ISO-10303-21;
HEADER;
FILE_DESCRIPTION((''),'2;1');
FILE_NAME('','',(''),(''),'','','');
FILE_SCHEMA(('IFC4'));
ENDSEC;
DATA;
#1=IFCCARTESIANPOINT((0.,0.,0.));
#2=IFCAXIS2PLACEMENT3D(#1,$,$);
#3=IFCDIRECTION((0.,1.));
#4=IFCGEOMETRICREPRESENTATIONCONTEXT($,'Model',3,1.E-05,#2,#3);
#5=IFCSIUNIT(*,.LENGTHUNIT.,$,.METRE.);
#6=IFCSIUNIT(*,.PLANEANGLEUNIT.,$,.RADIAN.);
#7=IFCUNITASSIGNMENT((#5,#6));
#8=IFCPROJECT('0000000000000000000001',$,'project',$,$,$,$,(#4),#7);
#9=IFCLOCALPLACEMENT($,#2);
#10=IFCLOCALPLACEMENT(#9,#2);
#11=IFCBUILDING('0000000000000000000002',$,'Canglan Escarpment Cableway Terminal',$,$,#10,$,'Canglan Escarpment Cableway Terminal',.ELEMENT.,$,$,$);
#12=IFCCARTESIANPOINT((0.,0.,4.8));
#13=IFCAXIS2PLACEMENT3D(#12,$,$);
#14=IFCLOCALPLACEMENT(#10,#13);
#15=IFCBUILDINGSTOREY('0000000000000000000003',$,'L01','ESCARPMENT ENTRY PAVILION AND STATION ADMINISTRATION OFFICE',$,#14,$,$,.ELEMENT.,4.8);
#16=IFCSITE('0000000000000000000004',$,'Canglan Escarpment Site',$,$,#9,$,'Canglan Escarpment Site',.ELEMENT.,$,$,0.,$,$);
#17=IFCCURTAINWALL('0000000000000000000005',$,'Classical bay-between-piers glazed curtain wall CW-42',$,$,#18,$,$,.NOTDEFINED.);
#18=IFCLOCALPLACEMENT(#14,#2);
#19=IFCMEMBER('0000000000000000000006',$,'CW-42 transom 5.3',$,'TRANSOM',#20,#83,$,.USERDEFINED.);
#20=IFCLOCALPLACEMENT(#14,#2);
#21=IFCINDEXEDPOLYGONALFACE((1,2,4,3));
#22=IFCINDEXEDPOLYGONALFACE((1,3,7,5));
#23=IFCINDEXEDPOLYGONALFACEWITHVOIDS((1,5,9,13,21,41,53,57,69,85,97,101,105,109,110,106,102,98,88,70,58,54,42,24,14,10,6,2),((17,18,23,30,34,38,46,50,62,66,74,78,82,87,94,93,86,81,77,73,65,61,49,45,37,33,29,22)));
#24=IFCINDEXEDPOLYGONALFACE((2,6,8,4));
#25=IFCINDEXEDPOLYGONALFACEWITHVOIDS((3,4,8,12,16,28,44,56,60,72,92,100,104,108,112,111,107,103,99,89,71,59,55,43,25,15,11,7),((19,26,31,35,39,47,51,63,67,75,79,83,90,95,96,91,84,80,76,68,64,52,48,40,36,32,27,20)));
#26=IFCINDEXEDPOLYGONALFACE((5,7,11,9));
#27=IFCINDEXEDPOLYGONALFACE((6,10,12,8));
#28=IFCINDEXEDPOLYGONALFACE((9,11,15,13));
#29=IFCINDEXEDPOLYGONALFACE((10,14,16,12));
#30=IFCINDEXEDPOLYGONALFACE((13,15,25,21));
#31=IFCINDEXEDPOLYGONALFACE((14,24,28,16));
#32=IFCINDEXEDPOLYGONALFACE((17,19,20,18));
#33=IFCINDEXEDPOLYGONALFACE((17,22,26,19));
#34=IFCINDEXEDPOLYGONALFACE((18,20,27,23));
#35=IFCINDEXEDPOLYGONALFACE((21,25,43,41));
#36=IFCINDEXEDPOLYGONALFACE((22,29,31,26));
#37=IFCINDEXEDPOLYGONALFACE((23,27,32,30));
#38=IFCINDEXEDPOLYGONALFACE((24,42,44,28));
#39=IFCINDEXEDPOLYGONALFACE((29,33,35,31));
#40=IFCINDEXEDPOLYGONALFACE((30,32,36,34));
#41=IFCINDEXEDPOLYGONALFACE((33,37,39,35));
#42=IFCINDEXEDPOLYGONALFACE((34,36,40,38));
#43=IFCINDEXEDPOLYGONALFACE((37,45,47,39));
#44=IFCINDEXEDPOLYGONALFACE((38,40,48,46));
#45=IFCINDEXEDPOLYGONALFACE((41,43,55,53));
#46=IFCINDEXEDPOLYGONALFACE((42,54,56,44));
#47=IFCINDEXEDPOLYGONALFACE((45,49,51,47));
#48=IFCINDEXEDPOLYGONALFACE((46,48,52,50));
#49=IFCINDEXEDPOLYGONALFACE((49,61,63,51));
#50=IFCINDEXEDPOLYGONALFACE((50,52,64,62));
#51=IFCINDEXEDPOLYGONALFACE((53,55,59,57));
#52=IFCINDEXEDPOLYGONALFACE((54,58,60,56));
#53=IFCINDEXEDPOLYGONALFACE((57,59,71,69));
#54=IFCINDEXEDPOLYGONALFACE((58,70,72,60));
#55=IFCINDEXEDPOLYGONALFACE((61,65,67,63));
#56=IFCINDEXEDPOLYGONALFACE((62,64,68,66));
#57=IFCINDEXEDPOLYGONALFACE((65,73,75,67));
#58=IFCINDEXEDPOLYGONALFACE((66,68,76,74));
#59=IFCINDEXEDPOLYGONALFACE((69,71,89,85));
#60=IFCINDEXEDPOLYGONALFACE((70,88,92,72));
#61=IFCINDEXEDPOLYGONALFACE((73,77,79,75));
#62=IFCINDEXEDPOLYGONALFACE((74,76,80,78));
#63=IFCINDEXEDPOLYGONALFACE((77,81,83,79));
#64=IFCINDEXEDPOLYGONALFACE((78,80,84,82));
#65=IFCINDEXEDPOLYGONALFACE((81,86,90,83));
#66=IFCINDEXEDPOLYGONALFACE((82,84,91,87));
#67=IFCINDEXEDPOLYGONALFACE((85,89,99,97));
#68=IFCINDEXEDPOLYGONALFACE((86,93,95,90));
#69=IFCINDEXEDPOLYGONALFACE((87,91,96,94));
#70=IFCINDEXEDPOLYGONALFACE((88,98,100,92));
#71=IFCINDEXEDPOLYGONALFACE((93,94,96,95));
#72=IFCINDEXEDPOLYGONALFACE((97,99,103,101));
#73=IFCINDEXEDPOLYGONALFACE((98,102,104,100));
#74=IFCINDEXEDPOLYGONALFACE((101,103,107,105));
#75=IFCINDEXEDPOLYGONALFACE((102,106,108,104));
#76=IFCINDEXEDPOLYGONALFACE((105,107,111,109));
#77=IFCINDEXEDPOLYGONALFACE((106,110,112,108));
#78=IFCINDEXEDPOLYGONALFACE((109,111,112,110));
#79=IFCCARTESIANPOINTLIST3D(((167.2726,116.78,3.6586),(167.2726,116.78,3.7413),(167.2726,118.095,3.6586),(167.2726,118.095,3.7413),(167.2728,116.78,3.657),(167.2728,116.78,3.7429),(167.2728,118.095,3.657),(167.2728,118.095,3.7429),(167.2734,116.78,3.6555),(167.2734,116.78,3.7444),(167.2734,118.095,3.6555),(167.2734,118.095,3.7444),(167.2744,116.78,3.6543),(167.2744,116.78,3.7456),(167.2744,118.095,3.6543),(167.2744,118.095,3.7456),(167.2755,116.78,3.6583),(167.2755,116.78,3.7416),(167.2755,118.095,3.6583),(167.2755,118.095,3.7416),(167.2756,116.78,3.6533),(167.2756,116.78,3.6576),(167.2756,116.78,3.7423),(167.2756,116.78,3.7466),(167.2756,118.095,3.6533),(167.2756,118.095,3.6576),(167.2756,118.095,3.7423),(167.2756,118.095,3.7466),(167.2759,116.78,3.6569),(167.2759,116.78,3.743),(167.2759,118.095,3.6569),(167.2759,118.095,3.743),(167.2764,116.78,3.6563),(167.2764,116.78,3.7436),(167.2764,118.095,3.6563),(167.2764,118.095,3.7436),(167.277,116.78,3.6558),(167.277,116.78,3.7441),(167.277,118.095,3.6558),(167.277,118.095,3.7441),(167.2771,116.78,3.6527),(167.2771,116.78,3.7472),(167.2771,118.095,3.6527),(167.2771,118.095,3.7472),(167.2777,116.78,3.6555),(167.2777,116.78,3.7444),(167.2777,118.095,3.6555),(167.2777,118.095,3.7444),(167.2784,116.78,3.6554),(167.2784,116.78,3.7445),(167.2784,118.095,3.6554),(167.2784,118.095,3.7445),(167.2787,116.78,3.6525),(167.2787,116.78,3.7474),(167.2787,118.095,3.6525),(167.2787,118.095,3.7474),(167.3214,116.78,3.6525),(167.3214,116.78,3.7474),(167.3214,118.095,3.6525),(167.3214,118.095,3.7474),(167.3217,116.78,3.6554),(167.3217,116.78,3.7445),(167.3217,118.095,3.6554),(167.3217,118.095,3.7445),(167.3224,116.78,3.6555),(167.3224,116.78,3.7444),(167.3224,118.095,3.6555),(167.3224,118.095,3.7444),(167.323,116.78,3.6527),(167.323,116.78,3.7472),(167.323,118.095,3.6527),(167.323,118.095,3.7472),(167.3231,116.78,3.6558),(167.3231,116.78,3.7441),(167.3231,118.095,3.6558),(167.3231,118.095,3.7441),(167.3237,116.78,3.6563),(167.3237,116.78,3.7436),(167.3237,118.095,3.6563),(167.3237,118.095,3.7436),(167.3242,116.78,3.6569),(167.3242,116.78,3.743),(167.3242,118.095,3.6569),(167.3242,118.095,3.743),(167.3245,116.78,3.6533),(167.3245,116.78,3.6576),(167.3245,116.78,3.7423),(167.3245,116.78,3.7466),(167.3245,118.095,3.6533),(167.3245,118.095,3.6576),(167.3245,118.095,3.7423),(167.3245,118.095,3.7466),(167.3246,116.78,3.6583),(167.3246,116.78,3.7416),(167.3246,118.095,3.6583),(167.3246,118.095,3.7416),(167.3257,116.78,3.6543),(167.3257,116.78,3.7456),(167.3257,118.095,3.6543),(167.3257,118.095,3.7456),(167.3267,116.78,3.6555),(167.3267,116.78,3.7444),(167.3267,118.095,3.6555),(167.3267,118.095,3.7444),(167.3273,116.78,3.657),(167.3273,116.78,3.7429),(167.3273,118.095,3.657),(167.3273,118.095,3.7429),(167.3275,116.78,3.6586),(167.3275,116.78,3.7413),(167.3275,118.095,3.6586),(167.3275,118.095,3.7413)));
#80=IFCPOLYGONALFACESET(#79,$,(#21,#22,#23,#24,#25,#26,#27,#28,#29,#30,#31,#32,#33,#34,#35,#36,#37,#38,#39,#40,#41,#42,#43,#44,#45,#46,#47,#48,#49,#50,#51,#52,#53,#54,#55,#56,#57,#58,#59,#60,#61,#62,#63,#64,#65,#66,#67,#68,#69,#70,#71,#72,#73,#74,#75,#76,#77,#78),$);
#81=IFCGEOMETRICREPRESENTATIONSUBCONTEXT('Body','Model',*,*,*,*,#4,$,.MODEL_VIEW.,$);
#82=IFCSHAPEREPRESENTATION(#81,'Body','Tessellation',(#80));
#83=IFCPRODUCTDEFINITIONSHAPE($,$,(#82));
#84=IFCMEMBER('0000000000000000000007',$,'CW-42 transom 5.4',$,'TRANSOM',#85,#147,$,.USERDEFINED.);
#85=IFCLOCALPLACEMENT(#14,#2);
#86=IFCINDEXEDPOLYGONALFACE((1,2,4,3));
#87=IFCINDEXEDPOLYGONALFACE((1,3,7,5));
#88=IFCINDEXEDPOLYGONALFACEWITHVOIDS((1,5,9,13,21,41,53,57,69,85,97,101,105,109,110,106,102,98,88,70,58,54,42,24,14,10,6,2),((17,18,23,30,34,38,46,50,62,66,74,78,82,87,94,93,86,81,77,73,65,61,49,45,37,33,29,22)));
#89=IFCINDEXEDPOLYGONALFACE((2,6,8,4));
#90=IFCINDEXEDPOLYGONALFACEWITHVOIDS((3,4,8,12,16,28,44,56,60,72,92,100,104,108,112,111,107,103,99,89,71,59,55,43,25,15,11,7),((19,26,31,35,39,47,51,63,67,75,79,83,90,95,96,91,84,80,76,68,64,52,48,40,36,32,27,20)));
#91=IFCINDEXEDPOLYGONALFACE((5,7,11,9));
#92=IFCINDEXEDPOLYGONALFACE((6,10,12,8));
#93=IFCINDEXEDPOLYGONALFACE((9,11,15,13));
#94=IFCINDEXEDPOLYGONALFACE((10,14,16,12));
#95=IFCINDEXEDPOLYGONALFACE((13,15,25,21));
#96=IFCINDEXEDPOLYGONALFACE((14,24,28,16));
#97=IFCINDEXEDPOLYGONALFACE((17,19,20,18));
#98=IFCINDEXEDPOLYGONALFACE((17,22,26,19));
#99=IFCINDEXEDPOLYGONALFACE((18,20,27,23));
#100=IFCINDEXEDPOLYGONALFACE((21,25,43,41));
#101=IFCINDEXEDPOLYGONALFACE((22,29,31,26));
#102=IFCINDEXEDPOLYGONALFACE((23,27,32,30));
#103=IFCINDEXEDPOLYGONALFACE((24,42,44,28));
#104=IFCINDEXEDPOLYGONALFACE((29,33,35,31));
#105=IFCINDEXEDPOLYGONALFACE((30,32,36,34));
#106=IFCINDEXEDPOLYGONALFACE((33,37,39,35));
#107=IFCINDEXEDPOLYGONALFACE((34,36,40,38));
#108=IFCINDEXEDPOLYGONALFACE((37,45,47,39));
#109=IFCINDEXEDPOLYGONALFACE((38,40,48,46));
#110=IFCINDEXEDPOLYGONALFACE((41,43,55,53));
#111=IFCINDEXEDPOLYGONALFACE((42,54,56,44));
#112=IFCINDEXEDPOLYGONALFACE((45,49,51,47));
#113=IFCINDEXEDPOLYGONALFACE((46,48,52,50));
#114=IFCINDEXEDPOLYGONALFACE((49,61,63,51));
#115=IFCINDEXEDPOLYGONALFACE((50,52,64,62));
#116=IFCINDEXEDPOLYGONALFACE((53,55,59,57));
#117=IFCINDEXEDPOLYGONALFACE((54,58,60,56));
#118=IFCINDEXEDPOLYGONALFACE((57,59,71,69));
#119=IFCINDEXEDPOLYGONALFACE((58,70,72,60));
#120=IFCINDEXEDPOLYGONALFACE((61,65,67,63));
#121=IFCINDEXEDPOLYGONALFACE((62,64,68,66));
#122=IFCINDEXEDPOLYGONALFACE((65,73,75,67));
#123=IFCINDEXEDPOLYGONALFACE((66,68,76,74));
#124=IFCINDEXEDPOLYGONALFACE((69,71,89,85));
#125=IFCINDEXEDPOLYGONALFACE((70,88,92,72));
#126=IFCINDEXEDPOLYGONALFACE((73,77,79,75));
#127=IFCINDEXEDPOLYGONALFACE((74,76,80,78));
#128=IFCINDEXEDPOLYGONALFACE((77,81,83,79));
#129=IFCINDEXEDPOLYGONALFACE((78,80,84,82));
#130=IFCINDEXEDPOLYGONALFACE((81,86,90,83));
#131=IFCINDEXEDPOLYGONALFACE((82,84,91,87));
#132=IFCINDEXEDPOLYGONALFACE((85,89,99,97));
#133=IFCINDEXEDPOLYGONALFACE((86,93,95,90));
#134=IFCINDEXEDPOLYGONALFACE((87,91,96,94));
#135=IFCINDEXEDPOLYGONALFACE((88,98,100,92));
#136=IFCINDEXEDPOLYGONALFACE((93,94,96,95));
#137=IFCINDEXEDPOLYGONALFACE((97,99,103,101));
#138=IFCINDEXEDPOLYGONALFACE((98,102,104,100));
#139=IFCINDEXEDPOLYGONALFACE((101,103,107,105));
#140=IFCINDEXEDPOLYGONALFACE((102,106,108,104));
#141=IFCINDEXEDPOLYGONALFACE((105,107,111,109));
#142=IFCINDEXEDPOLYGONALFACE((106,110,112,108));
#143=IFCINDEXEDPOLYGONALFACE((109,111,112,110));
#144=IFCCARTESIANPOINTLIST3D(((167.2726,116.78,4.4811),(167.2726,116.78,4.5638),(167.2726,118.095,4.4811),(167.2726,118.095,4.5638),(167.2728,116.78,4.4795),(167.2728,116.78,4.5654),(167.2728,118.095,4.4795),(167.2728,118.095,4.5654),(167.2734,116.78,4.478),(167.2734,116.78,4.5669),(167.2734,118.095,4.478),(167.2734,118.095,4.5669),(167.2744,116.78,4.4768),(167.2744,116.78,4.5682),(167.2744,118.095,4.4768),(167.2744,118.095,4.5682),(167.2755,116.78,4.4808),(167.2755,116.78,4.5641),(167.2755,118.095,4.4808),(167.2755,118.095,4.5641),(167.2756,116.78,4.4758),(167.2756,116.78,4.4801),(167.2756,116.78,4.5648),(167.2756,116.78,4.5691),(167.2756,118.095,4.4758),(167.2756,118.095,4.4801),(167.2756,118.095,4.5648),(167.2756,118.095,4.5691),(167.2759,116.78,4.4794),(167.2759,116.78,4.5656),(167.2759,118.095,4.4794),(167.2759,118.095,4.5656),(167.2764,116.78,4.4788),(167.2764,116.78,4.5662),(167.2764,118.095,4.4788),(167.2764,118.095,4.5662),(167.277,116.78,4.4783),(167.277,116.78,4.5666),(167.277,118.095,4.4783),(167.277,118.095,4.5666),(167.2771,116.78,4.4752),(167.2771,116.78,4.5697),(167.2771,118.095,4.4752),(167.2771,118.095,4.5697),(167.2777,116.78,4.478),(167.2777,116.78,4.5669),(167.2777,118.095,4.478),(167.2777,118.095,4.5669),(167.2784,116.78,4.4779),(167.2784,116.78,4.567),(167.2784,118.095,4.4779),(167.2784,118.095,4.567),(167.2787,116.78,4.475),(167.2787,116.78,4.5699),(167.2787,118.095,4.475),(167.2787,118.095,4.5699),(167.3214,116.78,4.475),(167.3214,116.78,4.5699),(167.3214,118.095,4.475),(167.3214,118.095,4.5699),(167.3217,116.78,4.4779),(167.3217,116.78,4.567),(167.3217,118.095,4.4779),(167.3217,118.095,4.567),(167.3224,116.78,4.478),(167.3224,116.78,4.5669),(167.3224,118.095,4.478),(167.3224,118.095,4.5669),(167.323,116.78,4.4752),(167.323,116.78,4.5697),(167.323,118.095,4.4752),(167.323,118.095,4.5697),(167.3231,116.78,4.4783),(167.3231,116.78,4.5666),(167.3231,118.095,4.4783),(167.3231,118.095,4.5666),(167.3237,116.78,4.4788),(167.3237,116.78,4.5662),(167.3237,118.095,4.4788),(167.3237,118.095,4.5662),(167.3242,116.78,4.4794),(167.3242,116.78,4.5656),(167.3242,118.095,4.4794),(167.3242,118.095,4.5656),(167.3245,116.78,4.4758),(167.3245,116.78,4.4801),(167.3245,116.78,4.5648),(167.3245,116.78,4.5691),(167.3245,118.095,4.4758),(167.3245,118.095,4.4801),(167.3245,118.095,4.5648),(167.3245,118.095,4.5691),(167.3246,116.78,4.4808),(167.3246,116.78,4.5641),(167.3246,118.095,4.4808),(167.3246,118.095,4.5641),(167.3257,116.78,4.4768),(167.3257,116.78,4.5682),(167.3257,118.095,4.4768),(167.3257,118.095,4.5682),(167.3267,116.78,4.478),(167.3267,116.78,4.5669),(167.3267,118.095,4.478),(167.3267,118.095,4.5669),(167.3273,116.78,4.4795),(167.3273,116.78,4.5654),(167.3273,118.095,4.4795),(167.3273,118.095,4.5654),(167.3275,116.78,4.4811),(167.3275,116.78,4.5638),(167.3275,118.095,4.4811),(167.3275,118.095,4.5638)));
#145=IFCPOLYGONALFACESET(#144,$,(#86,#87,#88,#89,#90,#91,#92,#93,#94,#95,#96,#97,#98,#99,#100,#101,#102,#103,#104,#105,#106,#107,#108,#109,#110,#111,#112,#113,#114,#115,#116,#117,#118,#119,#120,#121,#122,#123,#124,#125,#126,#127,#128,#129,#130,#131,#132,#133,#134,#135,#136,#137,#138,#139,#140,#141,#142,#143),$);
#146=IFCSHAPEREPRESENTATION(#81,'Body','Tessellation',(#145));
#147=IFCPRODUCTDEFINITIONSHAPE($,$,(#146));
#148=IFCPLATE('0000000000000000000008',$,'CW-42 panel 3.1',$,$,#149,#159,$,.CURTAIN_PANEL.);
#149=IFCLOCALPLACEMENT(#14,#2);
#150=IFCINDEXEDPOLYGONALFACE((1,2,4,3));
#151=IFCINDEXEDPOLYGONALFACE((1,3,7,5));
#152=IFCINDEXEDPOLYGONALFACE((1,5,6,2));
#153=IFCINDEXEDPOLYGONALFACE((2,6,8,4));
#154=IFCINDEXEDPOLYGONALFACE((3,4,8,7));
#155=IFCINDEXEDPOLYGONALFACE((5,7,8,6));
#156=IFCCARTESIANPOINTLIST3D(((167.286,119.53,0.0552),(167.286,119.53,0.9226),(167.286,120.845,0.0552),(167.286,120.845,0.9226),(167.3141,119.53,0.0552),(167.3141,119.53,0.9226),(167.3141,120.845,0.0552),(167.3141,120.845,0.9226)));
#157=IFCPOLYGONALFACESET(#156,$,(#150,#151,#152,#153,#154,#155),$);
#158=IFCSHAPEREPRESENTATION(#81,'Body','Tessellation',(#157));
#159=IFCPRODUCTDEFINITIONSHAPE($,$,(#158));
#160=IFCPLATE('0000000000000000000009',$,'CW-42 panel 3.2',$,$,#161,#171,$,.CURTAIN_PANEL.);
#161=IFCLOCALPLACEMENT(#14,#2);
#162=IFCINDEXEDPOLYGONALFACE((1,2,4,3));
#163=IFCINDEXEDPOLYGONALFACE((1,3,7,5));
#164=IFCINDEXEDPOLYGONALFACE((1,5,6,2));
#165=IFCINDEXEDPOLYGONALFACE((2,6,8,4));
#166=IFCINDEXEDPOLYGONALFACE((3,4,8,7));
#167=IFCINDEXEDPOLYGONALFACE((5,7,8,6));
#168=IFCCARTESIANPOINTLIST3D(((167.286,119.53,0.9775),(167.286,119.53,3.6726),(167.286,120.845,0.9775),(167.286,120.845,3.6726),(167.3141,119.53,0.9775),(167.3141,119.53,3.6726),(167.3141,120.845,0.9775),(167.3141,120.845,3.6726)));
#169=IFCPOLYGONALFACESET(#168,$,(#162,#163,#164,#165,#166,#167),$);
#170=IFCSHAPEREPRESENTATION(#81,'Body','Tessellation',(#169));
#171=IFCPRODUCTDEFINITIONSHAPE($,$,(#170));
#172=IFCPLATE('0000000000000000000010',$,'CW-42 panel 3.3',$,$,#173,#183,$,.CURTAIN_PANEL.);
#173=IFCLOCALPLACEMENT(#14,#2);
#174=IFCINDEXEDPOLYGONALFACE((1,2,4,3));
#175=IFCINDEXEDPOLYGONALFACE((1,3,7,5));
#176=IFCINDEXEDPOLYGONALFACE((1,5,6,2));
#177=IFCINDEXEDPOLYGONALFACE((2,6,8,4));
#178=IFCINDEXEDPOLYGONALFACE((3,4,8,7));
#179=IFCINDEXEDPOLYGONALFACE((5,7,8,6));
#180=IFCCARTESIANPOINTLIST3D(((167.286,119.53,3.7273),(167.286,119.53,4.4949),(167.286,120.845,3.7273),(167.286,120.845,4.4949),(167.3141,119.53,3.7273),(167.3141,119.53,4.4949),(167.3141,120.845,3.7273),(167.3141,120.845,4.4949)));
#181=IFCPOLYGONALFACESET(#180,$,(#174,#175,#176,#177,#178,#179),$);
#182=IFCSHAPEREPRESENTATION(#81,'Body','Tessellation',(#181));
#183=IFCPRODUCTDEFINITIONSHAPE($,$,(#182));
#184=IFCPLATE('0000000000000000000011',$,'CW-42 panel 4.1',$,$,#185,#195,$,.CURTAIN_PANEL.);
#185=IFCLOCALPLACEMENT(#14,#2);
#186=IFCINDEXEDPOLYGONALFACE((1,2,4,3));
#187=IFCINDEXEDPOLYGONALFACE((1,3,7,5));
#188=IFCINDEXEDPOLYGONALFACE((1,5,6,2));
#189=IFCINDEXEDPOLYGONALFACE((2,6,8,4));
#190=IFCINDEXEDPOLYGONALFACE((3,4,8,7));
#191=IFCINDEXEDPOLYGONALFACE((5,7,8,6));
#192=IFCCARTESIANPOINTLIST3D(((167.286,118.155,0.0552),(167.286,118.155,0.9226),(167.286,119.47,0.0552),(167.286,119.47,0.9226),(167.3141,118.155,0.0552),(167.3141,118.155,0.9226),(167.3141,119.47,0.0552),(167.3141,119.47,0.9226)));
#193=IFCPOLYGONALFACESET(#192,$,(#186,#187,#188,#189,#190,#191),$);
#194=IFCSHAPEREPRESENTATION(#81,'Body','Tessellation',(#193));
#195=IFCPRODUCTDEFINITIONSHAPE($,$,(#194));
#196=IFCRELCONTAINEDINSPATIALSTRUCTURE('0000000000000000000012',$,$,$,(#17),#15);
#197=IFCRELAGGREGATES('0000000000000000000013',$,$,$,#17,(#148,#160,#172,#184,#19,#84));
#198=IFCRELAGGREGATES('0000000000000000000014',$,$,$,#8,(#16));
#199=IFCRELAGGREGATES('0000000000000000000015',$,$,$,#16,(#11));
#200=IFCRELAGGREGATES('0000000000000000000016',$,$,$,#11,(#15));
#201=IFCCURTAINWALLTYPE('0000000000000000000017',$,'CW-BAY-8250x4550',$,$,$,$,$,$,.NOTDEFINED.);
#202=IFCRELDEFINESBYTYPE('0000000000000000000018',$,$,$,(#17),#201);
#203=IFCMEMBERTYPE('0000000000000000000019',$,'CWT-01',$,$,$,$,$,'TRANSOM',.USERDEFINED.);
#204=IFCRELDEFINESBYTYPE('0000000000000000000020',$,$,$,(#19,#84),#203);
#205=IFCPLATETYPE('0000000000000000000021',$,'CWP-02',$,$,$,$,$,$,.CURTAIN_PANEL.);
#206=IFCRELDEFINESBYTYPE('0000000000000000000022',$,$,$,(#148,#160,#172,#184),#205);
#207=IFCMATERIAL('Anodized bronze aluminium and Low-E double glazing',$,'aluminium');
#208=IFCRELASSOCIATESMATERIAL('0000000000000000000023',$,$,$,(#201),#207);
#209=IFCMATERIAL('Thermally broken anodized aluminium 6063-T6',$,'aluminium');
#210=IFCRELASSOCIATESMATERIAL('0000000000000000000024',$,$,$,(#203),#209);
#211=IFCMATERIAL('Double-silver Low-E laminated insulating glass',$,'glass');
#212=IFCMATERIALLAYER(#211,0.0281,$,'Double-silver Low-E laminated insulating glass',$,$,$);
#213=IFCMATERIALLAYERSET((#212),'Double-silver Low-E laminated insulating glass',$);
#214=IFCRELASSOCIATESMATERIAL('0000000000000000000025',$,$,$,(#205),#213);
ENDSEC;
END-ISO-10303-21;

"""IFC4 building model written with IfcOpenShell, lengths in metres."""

from ifc_helpers import new_model, si_unit, direction, frame, origin, origin_2d, place, context, subcontext, project, spatial, rectangle, hollow_rectangle, extrude, material, layer, layer_set, material_profile, profile_set, type_object, element, aggregate, save


model = new_model("IFC4")

# Units and contexts
model_context = context("Model", 3, precision=1e-05, world=origin(), true_north=direction((0.0, 1.0)))
body_context = subcontext(model_context, "Body", "Model", "MODEL_VIEW")
ifc_project = project(units=[si_unit("LENGTHUNIT", "METRE"), si_unit("PLANEANGLEUNIT", "RADIAN")], contexts=[model_context])

# Site, building, storey
site_placement = place(None, origin())
site = spatial("IfcSite", under=ifc_project, at=site_placement, Name="Canglan Escarpment Site", LongName="Canglan Escarpment Site", CompositionType="ELEMENT", RefElevation=0.0)
building_placement = place(site_placement, origin())
building = spatial("IfcBuilding", under=site, at=building_placement, Name="Canglan Escarpment Cableway Terminal", LongName="Canglan Escarpment Cableway Terminal", CompositionType="ELEMENT")
storey_placement = place(building_placement, frame((0.0, 0.0, 4.8)))
storey = spatial("IfcBuildingStorey", under=building, at=storey_placement, Name="L01", Description="ESCARPMENT ENTRY PAVILION AND STATION ADMINISTRATION OFFICE", CompositionType="ELEMENT", Elevation=4.8)

# Curtain wall, members, plates
ifc_material_1 = material(Name="Anodized bronze aluminium and Low-E double glazing", Category="aluminium")
curtain_wall_type = type_object("IfcCurtainWallType", Name="CW-BAY-8250x4550", PredefinedType="NOTDEFINED", material=ifc_material_1)
curtain_wall_placement = place(storey_placement, origin())
curtain_wall = element("IfcCurtainWall", 1, at=curtain_wall_placement, inside=storey, type_object=curtain_wall_type, Name="Classical bay-between-piers glazed curtain wall CW-42", PredefinedType="NOTDEFINED")
ifc_material_2 = material(Name="Thermally broken anodized aluminium 6063-T6", Category="aluminium")
ifc_material_profile_1 = material_profile(ifc_material_2, hollow_rectangle(XDim=0.0549, YDim=0.095, WallThickness=0.0029, InnerFilletRadius=0.0029, OuterFilletRadius=0.0061, at=origin_2d()), Name="ALU-TRAN 55x95x3")
ifc_profile_set_1 = profile_set([ifc_material_profile_1], Name="Thermally broken anodized aluminium 6063-T6")
member_type_1 = type_object("IfcMemberType", Name="CWT-01", ElementType="TRANSOM", PredefinedType="USERDEFINED", material=ifc_profile_set_1)
member_1_placement = place(storey_placement, frame((167.3, 118.095, 3.7), z_axis=(0.0, -1.0, 0.0), x_axis=(1.0, 0.0, 0.0)))
member_1 = element("IfcMember", 2, at=member_1_placement, type_object=member_type_1, Name="CW-42 transom 5.3", ObjectType="TRANSOM", PredefinedType="USERDEFINED", context=body_context, shape_type="SweptSolid", body=[
    extrude(hollow_rectangle(XDim=0.0549, YDim=0.095, WallThickness=0.0029, InnerFilletRadius=0.0029, OuterFilletRadius=0.0061, at=origin_2d()), origin(), (0.0, 0.0, 1.0), 1.3149),
])
member_2_placement = place(storey_placement, frame((167.3, 118.095, 4.5225), z_axis=(0.0, -1.0, 0.0), x_axis=(1.0, 0.0, 0.0)))
member_2 = element("IfcMember", 3, at=member_2_placement, type_object=member_type_1, Name="CW-42 transom 5.4", ObjectType="TRANSOM", PredefinedType="USERDEFINED", context=body_context, shape_type="SweptSolid", body=[
    extrude(hollow_rectangle(XDim=0.0549, YDim=0.095, WallThickness=0.0029, InnerFilletRadius=0.0029, OuterFilletRadius=0.0061, at=origin_2d()), origin(), (0.0, 0.0, 1.0), 1.3149),
])
ifc_material_3 = material(Name="Double-silver Low-E laminated insulating glass", Category="glass")
ifc_layer = layer(ifc_material_3, 0.0281, Name="Double-silver Low-E laminated insulating glass")
ifc_layer_set = layer_set([ifc_layer], Name="Double-silver Low-E laminated insulating glass")
plate_type = type_object("IfcPlateType", Name="CWP-02", PredefinedType="CURTAIN_PANEL", material=ifc_layer_set)
plate_1_placement = place(storey_placement, frame((167.3, 120.1875, 0.0552), z_axis=(0.0, 0.0, 1.0), x_axis=(0.0, -1.0, 0.0)))
plate_1 = element("IfcPlate", 4, at=plate_1_placement, type_object=plate_type, Name="CW-42 panel 3.1", PredefinedType="CURTAIN_PANEL", context=body_context, shape_type="SweptSolid", body=[
    extrude(rectangle(XDim=1.3149, YDim=0.0281, at=origin_2d()), origin(), (0.0, 0.0, 1.0), 0.8674),
])
plate_2_placement = place(storey_placement, frame((167.3, 120.1875, 0.9775), z_axis=(0.0, 0.0, 1.0), x_axis=(0.0, -1.0, 0.0)))
plate_2 = element("IfcPlate", 5, at=plate_2_placement, type_object=plate_type, Name="CW-42 panel 3.2", PredefinedType="CURTAIN_PANEL", context=body_context, shape_type="SweptSolid", body=[
    extrude(rectangle(XDim=1.3149, YDim=0.0281, at=origin_2d()), origin(), (0.0, 0.0, 1.0), 2.6951),
])
plate_3_placement = place(storey_placement, frame((167.3, 120.1875, 3.7273), z_axis=(0.0, 0.0, 1.0), x_axis=(0.0, -1.0, 0.0)))
plate_3 = element("IfcPlate", 6, at=plate_3_placement, type_object=plate_type, Name="CW-42 panel 3.3", PredefinedType="CURTAIN_PANEL", context=body_context, shape_type="SweptSolid", body=[
    extrude(rectangle(XDim=1.3149, YDim=0.0281, at=origin_2d()), origin(), (0.0, 0.0, 1.0), 0.7676),
])
plate_4_placement = place(storey_placement, frame((167.3, 118.8125, 0.0552), z_axis=(0.0, 0.0, 1.0), x_axis=(0.0, -1.0, 0.0)))
plate_4 = element("IfcPlate", 7, at=plate_4_placement, type_object=plate_type, Name="CW-42 panel 4.1", PredefinedType="CURTAIN_PANEL", context=body_context, shape_type="SweptSolid", body=[
    extrude(rectangle(XDim=1.3149, YDim=0.0281, at=origin_2d()), origin(), (0.0, 0.0, 1.0), 0.8674),
])
aggregate(curtain_wall, [plate_1, plate_2, plate_3, plate_4, member_1, member_2])

save(model, "model.ifc")
